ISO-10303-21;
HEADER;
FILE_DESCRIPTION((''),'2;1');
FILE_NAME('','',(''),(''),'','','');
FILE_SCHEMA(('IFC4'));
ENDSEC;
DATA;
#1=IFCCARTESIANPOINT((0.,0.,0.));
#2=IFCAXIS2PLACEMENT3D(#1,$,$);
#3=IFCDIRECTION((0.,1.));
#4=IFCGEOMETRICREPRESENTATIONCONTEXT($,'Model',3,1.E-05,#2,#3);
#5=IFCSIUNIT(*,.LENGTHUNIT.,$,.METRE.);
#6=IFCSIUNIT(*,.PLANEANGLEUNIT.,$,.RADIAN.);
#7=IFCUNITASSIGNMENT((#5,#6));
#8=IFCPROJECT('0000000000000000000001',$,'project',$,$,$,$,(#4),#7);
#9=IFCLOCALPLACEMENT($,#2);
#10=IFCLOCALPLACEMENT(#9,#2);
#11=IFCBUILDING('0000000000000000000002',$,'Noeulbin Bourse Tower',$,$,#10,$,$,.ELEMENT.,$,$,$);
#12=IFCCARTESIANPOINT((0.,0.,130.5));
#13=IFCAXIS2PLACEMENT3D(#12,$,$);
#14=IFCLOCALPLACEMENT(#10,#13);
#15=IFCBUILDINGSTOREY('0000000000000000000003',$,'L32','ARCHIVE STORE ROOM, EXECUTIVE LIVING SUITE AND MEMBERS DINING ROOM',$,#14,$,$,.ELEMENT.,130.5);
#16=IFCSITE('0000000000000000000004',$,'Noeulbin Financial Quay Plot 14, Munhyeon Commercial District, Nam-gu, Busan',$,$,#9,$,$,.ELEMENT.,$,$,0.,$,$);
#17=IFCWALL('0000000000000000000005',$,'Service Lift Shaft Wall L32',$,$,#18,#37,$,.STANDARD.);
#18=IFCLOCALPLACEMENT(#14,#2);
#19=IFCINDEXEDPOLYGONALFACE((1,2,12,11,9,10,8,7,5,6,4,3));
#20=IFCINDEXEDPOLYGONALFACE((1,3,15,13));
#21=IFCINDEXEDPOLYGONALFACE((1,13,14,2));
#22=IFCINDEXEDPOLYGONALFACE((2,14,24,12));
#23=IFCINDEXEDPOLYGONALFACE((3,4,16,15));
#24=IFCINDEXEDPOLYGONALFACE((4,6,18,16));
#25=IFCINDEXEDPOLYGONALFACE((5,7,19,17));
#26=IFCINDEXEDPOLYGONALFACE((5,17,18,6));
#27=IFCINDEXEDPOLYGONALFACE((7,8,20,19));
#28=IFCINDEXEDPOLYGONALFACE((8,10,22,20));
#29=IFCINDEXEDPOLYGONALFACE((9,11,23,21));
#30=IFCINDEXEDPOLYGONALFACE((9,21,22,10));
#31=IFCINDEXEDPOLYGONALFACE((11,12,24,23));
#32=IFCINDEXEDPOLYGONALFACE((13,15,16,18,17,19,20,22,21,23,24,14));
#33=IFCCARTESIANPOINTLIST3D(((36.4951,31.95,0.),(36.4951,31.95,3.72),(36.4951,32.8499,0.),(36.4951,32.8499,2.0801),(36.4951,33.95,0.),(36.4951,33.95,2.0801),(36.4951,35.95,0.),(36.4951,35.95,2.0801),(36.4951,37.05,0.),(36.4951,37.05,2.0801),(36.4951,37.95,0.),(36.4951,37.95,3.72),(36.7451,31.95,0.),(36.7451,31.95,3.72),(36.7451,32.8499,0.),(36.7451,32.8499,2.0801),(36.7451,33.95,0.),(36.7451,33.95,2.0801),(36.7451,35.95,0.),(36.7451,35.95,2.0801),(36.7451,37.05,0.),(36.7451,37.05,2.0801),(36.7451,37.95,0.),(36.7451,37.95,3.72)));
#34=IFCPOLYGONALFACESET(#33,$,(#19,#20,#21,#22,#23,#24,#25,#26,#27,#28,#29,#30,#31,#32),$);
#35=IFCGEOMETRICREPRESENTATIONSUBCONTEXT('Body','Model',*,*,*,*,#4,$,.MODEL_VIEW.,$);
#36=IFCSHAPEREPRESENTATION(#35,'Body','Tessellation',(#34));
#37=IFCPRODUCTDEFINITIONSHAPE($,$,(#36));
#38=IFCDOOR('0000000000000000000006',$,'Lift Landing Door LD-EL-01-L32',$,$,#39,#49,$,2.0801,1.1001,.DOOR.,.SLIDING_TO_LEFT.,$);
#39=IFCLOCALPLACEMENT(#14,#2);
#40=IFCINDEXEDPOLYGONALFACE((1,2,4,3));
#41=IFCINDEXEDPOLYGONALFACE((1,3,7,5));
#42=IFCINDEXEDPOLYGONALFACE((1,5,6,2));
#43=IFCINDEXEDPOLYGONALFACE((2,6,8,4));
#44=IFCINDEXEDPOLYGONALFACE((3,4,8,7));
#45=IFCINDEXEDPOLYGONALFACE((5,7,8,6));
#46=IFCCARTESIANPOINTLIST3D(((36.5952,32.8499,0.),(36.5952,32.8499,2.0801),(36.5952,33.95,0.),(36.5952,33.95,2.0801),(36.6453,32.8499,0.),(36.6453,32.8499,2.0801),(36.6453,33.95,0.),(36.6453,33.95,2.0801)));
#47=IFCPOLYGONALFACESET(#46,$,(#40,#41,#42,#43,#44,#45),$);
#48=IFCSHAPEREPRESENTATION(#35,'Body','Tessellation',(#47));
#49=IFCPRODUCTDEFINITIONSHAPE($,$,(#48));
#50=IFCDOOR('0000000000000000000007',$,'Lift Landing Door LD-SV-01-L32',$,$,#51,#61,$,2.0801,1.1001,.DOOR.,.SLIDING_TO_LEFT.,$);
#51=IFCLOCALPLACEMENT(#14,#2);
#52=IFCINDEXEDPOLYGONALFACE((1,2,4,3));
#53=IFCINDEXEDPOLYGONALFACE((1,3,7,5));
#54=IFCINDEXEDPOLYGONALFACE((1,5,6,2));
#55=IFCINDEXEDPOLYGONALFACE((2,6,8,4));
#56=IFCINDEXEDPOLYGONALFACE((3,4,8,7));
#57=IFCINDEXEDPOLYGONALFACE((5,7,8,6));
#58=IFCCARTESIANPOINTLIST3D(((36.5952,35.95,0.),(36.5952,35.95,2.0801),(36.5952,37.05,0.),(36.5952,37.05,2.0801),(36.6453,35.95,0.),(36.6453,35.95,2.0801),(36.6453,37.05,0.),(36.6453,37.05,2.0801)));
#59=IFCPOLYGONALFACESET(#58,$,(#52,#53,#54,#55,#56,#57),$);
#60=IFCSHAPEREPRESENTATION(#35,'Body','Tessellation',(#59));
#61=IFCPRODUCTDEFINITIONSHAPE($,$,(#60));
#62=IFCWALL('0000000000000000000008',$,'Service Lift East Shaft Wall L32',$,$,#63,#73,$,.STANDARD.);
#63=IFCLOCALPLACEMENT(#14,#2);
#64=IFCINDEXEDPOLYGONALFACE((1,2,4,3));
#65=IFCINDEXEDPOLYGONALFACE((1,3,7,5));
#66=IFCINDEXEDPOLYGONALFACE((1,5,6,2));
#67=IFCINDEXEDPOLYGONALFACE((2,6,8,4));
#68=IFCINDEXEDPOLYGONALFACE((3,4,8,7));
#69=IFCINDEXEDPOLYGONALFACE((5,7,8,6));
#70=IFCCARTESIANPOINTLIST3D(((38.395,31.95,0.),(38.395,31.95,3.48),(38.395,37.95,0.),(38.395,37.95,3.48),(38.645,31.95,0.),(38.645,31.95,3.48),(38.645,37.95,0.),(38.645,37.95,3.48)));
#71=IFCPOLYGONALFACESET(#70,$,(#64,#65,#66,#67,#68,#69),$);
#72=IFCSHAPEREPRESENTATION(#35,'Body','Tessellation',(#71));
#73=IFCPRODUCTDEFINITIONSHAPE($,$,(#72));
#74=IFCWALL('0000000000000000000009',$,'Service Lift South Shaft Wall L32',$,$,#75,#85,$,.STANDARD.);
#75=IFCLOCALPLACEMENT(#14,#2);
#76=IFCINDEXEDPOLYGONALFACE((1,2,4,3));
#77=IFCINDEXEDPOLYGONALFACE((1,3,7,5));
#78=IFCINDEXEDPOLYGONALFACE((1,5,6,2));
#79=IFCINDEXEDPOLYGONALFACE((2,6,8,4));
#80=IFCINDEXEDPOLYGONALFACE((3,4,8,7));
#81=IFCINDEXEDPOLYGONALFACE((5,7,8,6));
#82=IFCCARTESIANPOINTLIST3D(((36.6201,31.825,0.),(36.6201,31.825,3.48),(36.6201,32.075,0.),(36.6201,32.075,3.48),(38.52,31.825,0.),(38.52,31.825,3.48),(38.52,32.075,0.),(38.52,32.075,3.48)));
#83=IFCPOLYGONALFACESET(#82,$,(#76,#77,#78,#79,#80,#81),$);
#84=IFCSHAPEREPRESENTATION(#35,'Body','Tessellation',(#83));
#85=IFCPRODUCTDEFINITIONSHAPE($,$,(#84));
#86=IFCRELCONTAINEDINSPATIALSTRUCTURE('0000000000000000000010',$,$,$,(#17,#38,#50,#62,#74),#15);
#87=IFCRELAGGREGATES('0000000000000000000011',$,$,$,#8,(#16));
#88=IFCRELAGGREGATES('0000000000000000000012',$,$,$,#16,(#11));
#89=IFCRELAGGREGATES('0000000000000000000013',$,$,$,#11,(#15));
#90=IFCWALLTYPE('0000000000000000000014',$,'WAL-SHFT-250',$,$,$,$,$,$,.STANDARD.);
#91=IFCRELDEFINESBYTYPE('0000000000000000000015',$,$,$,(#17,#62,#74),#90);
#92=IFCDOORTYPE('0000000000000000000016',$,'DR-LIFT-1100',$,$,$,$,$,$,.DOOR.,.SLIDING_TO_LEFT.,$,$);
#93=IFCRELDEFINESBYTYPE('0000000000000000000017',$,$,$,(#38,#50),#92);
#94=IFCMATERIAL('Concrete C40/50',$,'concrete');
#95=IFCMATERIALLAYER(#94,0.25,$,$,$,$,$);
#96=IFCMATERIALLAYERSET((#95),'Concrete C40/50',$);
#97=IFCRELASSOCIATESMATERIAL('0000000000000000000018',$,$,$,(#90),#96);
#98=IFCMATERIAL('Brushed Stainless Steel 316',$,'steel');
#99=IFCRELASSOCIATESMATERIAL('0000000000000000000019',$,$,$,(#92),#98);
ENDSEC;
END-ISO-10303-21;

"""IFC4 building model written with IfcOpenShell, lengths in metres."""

from ifc_helpers import new_model, si_unit, direction, frame, frame_2d, origin, place, context, subcontext, project, spatial, rectangle, extrude, material, layer, layer_set, type_object, element, fill, save


model = new_model("IFC4")

# Units and contexts
model_context = context("Model", 3, precision=1e-05, world=origin(), true_north=direction((0.0, 1.0)))
body_context = subcontext(model_context, "Body", "Model", "MODEL_VIEW")
ifc_project = project(units=[si_unit("LENGTHUNIT", "METRE"), si_unit("PLANEANGLEUNIT", "RADIAN")], contexts=[model_context])

# Site, building, storey
site_placement = place(None, origin())
site = spatial("IfcSite", under=ifc_project, at=site_placement, Name="Noeulbin Financial Quay Plot 14, Munhyeon Commercial District, Nam-gu, Busan", CompositionType="ELEMENT", RefElevation=0.0)
building_placement = place(site_placement, origin())
building = spatial("IfcBuilding", under=site, at=building_placement, Name="Noeulbin Bourse Tower", CompositionType="ELEMENT")
storey_placement = place(building_placement, frame((0.0, 0.0, 130.5)))
storey = spatial("IfcBuildingStorey", under=building, at=storey_placement, Name="L32", Description="ARCHIVE STORE ROOM, EXECUTIVE LIVING SUITE AND MEMBERS DINING ROOM", CompositionType="ELEMENT", Elevation=130.5)

# Shared definitions
ifc_material_1 = material(Name="Concrete C40/50", Category="concrete")

# Shared definitions
ifc_layer_1 = layer(ifc_material_1, 0.25)
ifc_layer_set_1 = layer_set([ifc_layer_1], Name="Concrete C40/50")
wall_type_1 = type_object("IfcWallType", Name="WAL-SHFT-250", PredefinedType="STANDARD", material=ifc_layer_set_1)

# Wall, openings, doors
wall_1_placement = place(storey_placement, frame((36.6201, 31.95, 0.0), z_axis=(0.0, 0.0, 1.0), x_axis=(0.0, 1.0, 0.0)))
wall_1 = element("IfcWall", 1, at=wall_1_placement, inside=storey, type_object=wall_type_1, Name="Service Lift Shaft Wall L32", PredefinedType="STANDARD", context=body_context, shape_type="SweptSolid", body=[
    extrude(rectangle(XDim=6.0, YDim=0.25, at=frame_2d((3.0, 0.0))), origin(), (0.0, 0.0, 1.0), 3.72),
])
opening_1_placement = place(wall_1_placement, frame((0.8999, 0.0, 0.0)))
opening_1 = element("IfcOpeningElement", 2, at=opening_1_placement, cuts=wall_1, PredefinedType="OPENING", context=body_context, shape_type="SweptSolid", body=[
    extrude(rectangle(XDim=1.1001, YDim=2.0801, at=frame_2d((0.55, 1.04))), frame((0.0, 0.135, 0.0), z_axis=(0.0, -1.0, 0.0), x_axis=(1.0, 0.0, 0.0)), (0.0, 0.0, 1.0), 0.27),
])
opening_2_placement = place(wall_1_placement, frame((4.0, 0.0, 0.0)))
opening_2 = element("IfcOpeningElement", 3, at=opening_2_placement, cuts=wall_1, PredefinedType="OPENING", context=body_context, shape_type="SweptSolid", body=[
    extrude(rectangle(XDim=1.1001, YDim=2.0801, at=frame_2d((0.55, 1.04))), frame((0.0, 0.135, 0.0), z_axis=(0.0, -1.0, 0.0), x_axis=(1.0, 0.0, 0.0)), (0.0, 0.0, 1.0), 0.27),
])
ifc_material_2 = material(Name="Brushed Stainless Steel 316", Category="steel")
door_type_1 = type_object("IfcDoorType", Name="DR-LIFT-1100", OperationType="SLIDING_TO_LEFT", PredefinedType="DOOR", material=ifc_material_2)
door_1_placement = place(opening_1_placement, origin())
door_1 = element("IfcDoor", 4, at=door_1_placement, inside=storey, type_object=door_type_1, Name="Lift Landing Door LD-EL-01-L32", OperationType="SLIDING_TO_LEFT", OverallHeight=2.0801, OverallWidth=1.1001, PredefinedType="DOOR", context=body_context, shape_type="SweptSolid", body=[
    extrude(rectangle(XDim=1.1001, YDim=2.0801, at=frame_2d((0.55, 1.04))), frame((0.0, 0.0249, 0.0), z_axis=(0.0, -1.0, 0.0), x_axis=(1.0, 0.0, 0.0)), (0.0, 0.0, 1.0), 0.05),
])
fill(opening_1, door_1)
door_2_placement = place(opening_2_placement, origin())
door_2 = element("IfcDoor", 5, at=door_2_placement, inside=storey, type_object=door_type_1, Name="Lift Landing Door LD-SV-01-L32", OperationType="SLIDING_TO_LEFT", OverallHeight=2.0801, OverallWidth=1.1001, PredefinedType="DOOR", context=body_context, shape_type="SweptSolid", body=[
    extrude(rectangle(XDim=1.1001, YDim=2.0801, at=frame_2d((0.55, 1.04))), frame((0.0, 0.0249, 0.0), z_axis=(0.0, -1.0, 0.0), x_axis=(1.0, 0.0, 0.0)), (0.0, 0.0, 1.0), 0.05),
])
fill(opening_2, door_2)

# Walls
wall_2_placement = place(storey_placement, frame((38.52, 31.95, 0.0), z_axis=(0.0, 0.0, 1.0), x_axis=(0.0, 1.0, 0.0)))
element("IfcWall", 6, at=wall_2_placement, inside=storey, type_object=wall_type_1, Name="Service Lift East Shaft Wall L32", PredefinedType="STANDARD", context=body_context, shape_type="SweptSolid", body=[
    extrude(rectangle(XDim=6.0, YDim=0.25, at=frame_2d((3.0, 0.0))), origin(), (0.0, 0.0, 1.0), 3.48),
])
wall_3_placement = place(storey_placement, frame((36.6201, 31.95, 0.0), z_axis=(0.0, 0.0, 1.0), x_axis=(1.0, 0.0, 0.0)))
element("IfcWall", 7, at=wall_3_placement, inside=storey, type_object=wall_type_1, Name="Service Lift South Shaft Wall L32", PredefinedType="STANDARD", context=body_context, shape_type="SweptSolid", body=[
    extrude(rectangle(XDim=1.8999, YDim=0.25, at=frame_2d((0.95, 0.0))), origin(), (0.0, 0.0, 1.0), 3.48),
])

save(model, "model.ifc")
